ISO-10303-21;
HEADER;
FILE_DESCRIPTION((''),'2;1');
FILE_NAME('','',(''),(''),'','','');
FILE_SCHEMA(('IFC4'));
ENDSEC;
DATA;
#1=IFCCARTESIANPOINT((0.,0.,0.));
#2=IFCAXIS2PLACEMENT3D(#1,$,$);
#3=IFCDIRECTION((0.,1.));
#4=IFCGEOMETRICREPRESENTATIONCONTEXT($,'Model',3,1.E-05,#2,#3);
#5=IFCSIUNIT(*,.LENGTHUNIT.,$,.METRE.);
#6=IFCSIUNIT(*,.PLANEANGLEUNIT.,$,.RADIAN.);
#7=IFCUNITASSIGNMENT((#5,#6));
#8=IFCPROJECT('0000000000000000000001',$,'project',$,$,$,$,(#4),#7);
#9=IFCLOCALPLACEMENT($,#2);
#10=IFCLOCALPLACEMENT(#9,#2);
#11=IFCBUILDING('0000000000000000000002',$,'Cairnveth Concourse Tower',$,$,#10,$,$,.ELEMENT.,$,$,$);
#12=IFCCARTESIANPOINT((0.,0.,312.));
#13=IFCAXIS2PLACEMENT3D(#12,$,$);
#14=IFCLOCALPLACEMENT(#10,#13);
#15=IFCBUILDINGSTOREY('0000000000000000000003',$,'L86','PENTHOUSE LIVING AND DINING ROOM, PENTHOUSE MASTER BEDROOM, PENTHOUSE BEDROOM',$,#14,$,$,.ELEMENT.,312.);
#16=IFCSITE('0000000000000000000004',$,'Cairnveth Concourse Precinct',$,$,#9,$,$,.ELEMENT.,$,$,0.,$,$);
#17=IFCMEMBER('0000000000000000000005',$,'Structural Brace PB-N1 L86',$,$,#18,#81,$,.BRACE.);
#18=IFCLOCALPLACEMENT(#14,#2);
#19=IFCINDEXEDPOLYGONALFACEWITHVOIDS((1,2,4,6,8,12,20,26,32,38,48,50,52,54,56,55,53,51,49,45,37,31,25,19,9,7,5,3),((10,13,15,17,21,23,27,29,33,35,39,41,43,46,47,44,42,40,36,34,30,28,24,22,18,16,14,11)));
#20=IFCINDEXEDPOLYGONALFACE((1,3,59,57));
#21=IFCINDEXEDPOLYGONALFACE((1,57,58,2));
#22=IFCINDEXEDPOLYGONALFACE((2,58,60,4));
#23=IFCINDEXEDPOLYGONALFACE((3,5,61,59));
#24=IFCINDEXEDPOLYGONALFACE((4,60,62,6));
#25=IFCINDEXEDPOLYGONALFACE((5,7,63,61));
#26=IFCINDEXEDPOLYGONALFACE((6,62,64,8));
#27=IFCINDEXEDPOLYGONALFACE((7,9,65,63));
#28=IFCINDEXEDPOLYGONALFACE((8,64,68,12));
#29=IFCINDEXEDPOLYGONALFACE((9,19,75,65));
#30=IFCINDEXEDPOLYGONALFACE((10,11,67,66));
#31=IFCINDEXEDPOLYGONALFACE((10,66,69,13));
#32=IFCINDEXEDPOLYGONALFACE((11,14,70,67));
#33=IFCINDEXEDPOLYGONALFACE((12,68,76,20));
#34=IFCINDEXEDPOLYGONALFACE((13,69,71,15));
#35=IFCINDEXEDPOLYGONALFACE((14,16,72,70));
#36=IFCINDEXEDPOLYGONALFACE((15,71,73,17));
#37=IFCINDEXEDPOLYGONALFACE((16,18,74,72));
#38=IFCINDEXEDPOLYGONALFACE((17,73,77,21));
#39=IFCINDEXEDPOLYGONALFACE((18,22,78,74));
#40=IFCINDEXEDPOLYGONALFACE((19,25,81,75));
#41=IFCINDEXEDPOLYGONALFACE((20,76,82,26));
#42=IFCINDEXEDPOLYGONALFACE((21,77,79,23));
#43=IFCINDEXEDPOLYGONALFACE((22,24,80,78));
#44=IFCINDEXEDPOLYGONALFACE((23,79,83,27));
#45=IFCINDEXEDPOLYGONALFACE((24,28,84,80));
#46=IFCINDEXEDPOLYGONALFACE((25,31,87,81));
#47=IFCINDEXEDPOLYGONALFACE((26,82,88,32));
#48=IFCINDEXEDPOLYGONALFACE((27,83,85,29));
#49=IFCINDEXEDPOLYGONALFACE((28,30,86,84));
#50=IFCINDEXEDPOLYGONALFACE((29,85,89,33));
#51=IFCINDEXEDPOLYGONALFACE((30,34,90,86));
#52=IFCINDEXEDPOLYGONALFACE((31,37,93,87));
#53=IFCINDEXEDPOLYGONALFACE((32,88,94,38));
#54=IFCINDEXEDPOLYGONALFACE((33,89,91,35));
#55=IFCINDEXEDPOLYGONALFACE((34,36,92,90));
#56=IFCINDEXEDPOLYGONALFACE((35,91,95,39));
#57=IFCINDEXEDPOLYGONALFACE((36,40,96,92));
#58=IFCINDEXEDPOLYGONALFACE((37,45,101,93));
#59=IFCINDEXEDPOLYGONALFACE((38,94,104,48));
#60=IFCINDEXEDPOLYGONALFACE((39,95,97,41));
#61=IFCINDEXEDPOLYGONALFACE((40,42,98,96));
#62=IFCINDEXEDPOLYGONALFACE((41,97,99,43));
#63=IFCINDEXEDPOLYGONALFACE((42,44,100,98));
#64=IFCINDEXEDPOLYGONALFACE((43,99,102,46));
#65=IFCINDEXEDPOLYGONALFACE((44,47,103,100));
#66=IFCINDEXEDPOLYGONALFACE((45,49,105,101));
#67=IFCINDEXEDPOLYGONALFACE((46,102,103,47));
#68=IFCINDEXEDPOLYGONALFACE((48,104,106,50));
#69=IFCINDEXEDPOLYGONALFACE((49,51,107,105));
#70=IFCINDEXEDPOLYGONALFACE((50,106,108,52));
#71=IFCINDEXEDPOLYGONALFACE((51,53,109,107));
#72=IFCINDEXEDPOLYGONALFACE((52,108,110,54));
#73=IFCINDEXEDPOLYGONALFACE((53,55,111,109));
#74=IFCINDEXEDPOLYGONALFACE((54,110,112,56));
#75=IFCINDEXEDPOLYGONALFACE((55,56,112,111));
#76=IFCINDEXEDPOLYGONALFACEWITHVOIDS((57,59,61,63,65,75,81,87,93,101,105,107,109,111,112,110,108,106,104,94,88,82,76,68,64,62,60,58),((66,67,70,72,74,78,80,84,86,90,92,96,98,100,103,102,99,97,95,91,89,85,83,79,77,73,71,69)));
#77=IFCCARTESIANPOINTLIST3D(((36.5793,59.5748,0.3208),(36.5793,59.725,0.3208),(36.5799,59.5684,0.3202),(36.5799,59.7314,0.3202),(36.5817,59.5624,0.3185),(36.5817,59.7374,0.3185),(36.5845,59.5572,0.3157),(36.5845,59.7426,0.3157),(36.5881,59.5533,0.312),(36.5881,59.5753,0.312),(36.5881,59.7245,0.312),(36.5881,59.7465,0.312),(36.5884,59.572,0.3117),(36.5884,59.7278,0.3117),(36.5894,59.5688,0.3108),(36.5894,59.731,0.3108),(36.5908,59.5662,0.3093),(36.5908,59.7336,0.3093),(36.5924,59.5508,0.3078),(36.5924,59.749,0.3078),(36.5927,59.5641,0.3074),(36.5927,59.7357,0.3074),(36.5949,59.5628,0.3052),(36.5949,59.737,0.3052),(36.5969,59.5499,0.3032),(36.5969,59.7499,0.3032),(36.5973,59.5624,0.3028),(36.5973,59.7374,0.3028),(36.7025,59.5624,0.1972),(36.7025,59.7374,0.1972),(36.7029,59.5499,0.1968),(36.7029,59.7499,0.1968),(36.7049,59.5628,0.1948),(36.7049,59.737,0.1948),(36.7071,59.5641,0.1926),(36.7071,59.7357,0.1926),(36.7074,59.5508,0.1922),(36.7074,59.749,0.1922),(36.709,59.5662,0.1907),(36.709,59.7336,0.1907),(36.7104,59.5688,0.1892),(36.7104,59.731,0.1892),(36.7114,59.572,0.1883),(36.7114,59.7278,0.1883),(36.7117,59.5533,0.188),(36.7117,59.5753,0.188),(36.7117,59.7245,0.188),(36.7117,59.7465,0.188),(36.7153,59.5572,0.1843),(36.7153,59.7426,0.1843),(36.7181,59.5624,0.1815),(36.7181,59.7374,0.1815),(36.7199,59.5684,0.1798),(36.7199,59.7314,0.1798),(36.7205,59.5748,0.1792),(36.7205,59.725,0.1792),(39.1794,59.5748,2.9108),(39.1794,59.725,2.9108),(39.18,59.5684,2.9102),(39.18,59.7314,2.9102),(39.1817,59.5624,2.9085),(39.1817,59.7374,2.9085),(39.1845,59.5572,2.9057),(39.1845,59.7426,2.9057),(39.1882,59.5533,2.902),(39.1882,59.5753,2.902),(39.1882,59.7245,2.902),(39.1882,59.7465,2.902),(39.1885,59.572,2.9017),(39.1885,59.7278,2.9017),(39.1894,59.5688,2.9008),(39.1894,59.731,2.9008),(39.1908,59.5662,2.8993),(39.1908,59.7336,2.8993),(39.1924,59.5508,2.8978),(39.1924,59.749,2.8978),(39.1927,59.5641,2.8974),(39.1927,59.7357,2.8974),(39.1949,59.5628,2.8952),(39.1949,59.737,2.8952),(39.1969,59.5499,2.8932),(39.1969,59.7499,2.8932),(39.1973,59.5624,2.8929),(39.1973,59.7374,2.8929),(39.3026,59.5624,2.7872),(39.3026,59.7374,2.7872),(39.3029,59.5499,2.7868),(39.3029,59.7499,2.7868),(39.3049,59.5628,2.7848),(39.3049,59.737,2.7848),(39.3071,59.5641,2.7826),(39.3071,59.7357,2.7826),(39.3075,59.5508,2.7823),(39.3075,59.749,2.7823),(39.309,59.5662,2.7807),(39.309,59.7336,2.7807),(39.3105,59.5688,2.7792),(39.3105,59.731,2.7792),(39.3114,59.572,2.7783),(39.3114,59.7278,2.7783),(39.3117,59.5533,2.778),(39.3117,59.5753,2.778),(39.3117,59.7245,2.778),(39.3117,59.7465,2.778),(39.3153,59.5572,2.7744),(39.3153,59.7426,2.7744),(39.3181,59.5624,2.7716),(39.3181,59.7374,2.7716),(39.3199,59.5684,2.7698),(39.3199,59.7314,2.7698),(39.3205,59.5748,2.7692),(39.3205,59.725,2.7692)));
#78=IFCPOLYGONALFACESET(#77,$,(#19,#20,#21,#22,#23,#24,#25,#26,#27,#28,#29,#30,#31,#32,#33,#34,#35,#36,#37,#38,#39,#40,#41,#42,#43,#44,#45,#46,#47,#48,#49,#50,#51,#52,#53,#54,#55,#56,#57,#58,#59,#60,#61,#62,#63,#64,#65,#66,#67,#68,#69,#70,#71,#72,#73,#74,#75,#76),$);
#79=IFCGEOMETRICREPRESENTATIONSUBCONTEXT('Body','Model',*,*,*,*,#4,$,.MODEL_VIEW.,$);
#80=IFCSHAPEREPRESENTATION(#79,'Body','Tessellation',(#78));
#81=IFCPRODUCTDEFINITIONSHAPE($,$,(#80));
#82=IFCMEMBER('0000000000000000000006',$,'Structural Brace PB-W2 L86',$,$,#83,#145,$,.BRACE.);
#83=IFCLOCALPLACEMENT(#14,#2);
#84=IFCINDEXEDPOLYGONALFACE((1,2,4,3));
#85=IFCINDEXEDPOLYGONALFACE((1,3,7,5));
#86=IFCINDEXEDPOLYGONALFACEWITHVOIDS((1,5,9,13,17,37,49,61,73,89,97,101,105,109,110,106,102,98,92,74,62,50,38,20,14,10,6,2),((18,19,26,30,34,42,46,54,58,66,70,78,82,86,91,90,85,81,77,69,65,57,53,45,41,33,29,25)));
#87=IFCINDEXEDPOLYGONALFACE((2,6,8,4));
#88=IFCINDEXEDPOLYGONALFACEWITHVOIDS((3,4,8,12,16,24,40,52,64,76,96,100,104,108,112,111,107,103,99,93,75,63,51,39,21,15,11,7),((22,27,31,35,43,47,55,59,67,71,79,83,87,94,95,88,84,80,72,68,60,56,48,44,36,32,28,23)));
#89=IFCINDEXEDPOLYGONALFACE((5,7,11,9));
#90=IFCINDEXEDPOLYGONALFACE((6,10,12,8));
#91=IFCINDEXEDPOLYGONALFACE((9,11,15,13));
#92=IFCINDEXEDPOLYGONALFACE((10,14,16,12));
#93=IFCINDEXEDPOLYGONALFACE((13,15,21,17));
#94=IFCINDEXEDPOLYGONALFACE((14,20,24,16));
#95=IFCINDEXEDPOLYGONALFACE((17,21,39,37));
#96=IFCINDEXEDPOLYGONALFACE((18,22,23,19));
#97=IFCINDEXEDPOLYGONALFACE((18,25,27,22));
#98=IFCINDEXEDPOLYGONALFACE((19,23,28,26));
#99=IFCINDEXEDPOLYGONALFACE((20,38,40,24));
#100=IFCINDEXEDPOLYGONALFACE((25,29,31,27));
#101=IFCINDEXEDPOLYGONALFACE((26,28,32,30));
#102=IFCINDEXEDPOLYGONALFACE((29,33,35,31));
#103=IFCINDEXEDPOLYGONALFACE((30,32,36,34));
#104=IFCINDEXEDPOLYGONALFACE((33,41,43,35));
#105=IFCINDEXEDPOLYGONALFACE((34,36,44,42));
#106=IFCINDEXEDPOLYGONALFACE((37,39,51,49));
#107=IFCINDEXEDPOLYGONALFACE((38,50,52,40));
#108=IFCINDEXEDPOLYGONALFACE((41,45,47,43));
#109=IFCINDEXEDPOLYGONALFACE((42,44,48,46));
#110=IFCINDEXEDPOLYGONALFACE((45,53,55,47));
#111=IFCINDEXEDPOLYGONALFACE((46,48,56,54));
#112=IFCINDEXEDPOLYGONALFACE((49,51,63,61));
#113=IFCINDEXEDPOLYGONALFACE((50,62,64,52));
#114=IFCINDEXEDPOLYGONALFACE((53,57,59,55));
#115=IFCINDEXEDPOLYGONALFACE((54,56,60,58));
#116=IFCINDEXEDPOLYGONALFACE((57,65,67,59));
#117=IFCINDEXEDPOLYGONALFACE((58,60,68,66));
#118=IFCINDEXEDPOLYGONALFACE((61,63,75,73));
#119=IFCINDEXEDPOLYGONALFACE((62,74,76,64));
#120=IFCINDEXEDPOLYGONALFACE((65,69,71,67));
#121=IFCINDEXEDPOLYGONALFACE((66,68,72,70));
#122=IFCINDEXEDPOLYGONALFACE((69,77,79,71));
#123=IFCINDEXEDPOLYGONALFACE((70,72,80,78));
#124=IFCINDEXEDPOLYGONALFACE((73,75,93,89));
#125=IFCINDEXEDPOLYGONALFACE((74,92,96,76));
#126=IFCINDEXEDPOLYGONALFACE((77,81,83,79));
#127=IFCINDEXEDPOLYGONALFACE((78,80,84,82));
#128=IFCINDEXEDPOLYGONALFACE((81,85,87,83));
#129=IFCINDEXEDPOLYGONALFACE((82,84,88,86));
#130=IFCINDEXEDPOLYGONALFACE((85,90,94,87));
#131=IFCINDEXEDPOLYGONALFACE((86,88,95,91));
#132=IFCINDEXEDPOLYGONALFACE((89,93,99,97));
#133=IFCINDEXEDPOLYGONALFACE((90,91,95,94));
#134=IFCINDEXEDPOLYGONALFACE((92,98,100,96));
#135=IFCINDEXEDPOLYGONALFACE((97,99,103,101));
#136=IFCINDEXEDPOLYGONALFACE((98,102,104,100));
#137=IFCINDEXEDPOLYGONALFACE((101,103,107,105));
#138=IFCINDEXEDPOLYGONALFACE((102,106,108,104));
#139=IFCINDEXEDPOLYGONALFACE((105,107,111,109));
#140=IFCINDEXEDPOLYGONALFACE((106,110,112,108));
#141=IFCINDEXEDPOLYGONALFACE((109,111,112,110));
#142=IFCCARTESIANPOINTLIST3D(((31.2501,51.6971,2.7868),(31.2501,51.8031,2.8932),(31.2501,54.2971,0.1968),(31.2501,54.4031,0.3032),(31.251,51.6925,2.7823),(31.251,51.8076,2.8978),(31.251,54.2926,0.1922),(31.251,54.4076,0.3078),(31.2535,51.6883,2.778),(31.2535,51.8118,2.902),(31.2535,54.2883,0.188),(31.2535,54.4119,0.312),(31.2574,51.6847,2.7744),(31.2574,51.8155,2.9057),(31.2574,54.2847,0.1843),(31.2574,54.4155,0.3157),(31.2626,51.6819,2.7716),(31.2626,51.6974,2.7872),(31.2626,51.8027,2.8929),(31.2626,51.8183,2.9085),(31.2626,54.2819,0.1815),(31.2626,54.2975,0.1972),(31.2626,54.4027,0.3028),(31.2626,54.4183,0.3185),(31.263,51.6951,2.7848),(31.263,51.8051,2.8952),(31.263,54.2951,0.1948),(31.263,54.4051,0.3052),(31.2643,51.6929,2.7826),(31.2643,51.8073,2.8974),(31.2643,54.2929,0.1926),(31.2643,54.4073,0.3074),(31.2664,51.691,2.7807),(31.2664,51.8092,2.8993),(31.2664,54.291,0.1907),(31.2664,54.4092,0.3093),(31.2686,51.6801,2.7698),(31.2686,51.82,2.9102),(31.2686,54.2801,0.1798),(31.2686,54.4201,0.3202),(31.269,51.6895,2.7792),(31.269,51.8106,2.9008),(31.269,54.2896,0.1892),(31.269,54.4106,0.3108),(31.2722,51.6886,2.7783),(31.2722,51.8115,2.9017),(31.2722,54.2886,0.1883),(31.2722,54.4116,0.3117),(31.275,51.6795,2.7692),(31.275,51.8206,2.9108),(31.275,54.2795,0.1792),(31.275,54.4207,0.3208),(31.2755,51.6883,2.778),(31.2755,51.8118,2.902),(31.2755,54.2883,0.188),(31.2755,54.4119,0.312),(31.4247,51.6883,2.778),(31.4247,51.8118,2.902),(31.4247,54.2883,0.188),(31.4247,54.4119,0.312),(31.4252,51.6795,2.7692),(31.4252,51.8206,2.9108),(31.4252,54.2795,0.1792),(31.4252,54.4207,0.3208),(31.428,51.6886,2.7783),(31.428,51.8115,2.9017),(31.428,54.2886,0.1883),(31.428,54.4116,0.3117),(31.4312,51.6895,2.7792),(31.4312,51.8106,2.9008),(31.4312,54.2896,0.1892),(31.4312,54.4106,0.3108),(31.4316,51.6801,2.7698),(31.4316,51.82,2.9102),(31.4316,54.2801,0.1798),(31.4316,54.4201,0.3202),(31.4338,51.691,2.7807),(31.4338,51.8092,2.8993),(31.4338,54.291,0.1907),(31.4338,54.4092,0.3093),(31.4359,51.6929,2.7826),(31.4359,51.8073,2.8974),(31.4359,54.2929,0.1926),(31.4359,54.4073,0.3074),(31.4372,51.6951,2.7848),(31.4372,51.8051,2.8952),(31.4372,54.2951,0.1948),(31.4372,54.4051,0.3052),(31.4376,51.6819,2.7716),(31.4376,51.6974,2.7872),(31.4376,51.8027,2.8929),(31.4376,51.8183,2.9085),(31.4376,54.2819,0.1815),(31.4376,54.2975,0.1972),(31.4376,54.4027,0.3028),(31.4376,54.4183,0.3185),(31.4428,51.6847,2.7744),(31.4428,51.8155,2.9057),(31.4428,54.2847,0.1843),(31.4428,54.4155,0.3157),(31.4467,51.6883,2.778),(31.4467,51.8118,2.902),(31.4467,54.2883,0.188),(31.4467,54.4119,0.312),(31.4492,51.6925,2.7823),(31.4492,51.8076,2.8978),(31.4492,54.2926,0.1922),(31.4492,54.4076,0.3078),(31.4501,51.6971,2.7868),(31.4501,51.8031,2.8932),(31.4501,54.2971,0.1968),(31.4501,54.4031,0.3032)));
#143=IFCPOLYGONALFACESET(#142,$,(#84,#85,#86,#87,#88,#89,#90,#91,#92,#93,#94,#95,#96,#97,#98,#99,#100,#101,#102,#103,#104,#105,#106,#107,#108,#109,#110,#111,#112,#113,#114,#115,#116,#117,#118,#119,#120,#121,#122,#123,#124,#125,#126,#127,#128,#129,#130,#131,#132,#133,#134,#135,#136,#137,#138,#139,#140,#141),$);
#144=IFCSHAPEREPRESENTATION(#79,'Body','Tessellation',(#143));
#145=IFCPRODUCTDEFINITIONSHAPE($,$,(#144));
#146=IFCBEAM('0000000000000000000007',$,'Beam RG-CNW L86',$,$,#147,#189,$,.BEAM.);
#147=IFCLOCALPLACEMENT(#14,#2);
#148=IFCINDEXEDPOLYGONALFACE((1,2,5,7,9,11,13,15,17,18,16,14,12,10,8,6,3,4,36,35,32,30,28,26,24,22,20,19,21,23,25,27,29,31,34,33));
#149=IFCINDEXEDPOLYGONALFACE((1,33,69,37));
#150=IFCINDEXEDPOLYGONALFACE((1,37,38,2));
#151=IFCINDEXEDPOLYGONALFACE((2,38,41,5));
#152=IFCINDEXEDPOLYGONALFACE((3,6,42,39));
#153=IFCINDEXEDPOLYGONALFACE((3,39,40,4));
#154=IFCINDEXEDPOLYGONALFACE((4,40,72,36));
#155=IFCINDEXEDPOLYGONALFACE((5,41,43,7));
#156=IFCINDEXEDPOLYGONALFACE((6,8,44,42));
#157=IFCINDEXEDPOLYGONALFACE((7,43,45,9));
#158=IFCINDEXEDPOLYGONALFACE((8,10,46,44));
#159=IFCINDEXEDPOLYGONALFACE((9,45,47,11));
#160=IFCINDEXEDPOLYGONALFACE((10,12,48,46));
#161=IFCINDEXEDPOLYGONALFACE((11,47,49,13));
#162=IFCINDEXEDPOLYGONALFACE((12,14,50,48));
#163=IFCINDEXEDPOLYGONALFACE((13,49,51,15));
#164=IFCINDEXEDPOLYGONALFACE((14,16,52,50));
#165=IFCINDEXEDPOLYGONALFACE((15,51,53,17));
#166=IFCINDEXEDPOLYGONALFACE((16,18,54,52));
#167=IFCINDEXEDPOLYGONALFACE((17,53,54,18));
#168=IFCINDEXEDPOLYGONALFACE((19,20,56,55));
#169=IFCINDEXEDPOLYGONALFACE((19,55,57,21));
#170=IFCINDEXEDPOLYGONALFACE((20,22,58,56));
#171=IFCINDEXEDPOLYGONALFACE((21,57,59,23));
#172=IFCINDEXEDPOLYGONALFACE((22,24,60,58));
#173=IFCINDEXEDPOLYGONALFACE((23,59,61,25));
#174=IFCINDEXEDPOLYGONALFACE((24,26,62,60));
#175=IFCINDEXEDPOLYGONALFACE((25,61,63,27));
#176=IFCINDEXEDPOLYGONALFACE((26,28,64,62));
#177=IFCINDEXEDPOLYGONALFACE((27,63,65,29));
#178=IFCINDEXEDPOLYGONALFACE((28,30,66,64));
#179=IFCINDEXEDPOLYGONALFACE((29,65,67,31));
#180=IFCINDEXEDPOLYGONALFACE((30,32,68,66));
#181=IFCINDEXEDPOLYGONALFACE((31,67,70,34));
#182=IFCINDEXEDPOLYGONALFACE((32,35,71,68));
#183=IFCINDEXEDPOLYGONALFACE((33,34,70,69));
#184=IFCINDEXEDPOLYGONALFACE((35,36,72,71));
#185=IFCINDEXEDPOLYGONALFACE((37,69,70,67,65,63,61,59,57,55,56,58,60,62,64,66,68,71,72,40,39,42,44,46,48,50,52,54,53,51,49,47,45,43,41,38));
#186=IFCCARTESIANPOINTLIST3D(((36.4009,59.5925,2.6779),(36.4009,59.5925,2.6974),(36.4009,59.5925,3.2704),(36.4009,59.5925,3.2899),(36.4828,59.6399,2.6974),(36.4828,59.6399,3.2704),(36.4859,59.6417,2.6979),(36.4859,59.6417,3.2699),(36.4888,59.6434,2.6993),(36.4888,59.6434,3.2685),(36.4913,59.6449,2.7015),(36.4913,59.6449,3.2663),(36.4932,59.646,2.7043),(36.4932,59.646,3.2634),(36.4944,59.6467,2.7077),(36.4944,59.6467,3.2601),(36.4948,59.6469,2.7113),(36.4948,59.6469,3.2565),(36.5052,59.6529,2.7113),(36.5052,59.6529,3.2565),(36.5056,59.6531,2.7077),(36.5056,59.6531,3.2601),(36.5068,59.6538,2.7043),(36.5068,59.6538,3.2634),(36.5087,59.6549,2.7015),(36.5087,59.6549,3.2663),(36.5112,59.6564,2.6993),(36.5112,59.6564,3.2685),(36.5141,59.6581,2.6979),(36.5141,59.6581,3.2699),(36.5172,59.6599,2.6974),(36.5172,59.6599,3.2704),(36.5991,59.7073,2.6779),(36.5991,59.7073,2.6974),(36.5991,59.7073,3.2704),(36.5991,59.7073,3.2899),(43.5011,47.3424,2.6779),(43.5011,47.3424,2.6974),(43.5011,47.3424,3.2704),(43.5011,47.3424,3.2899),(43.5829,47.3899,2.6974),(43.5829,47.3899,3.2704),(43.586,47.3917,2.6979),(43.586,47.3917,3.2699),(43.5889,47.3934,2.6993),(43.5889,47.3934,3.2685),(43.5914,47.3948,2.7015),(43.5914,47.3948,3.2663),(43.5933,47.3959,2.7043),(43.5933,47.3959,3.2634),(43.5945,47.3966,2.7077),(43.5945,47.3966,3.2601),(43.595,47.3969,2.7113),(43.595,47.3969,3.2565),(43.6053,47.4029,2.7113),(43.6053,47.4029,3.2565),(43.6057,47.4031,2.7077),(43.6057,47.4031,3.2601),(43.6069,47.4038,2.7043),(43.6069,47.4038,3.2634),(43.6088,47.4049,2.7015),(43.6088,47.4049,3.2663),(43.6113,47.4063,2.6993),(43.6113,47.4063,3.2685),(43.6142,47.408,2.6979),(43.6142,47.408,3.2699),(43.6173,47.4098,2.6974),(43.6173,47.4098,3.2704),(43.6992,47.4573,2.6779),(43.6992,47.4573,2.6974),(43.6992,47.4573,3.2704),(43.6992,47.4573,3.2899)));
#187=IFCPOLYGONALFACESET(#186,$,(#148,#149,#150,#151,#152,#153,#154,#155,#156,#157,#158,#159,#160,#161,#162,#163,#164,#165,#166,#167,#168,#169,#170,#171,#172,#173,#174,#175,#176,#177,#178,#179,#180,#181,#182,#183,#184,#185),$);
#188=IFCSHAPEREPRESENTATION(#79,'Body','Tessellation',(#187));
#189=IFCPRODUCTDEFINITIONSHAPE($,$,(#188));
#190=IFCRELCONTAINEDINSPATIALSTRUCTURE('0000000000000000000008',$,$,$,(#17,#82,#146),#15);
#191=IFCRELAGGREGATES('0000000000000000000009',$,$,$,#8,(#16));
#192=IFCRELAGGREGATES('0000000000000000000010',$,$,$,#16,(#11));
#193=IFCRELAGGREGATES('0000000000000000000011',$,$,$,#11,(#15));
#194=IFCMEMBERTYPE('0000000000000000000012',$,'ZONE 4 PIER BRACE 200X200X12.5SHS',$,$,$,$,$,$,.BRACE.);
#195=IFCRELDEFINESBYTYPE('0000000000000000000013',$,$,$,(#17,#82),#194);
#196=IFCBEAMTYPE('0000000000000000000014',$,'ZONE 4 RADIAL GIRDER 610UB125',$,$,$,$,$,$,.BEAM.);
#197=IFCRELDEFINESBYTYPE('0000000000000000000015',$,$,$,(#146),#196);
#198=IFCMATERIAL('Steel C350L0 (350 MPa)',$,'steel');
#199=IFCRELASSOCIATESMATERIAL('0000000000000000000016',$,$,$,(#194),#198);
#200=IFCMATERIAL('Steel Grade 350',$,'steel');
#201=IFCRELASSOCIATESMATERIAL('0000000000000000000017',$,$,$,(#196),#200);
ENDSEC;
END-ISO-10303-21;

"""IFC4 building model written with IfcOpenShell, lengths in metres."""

from ifc_helpers import new_model, si_unit, direction, frame, origin, origin_2d, place, context, subcontext, project, spatial, hollow_rectangle, i_section, extrude, material, material_profile, profile_set, type_object, element, save


model = new_model("IFC4")

# Units and contexts
model_context = context("Model", 3, precision=1e-05, world=origin(), true_north=direction((0.0, 1.0)))
body_context = subcontext(model_context, "Body", "Model", "MODEL_VIEW")
ifc_project = project(units=[si_unit("LENGTHUNIT", "METRE"), si_unit("PLANEANGLEUNIT", "RADIAN")], contexts=[model_context])

# Site, building, storey
site_placement = place(None, origin())
site = spatial("IfcSite", under=ifc_project, at=site_placement, Name="Cairnveth Concourse Precinct", CompositionType="ELEMENT", RefElevation=0.0)
building_placement = place(site_placement, origin())
building = spatial("IfcBuilding", under=site, at=building_placement, Name="Cairnveth Concourse Tower", CompositionType="ELEMENT")
storey_placement = place(building_placement, frame((0.0, 0.0, 312.0)))
storey = spatial("IfcBuildingStorey", under=building, at=storey_placement, Name="L86", Description="PENTHOUSE LIVING AND DINING ROOM, PENTHOUSE MASTER BEDROOM, PENTHOUSE BEDROOM", CompositionType="ELEMENT", Elevation=312.0)

# Shared definitions
ifc_material_1 = material(Name="Steel Grade 350", Category="steel")

# Members
ifc_material_2 = material(Name="Steel C350L0 (350 MPa)", Category="steel")
ifc_material_profile_1 = material_profile(ifc_material_2, hollow_rectangle(XDim=0.2, YDim=0.2, WallThickness=0.0125, InnerFilletRadius=0.0129, OuterFilletRadius=0.0249, at=origin_2d()), Name="200x200x12.5SHS")
ifc_profile_set_1 = profile_set([ifc_material_profile_1], Name="Steel C350L0 (350 MPa)")
member_type = type_object("IfcMemberType", Name="ZONE 4 PIER BRACE 200X200X12.5SHS", PredefinedType="BRACE", material=ifc_profile_set_1)
for number, where, z_axis, x_axis, name in (
    (1, (36.6499, 59.6499, 0.25), (0.708469, 0.0, 0.705742), (0.0, 1.0, 0.0), "Structural Brace PB-N1 L86"),
    (2, (31.3501, 54.3501, 0.25), (0.0, -0.708469, 0.705742), (1.0, 0.0, 0.0), "Structural Brace PB-W2 L86"),
):
    element("IfcMember", number, at=place(storey_placement, frame(where, z_axis=z_axis, x_axis=x_axis)), inside=storey, type_object=member_type, Name=name, PredefinedType="BRACE", context=body_context, shape_type="SweptSolid", body=[
        extrude(hollow_rectangle(XDim=0.2, YDim=0.2, WallThickness=0.0125, InnerFilletRadius=0.0129, OuterFilletRadius=0.0249, at=origin_2d()), origin(), (0.0, 0.0, 1.0), 3.6699),
    ])

# Beam
ifc_material_profile_2 = material_profile(ifc_material_1, i_section(OverallWidth=0.229, OverallDepth=0.6121, WebThickness=0.012, FlangeThickness=0.0195, FilletRadius=0.0139, at=origin_2d()), Name="610UB125")
ifc_profile_set_2 = profile_set([ifc_material_profile_2], Name="Steel Grade 350")
beam_type_1 = type_object("IfcBeamType", Name="ZONE 4 RADIAL GIRDER 610UB125", PredefinedType="BEAM", material=ifc_profile_set_2)
beam_1_placement = place(storey_placement, frame((36.5, 59.6499, 2.9839), z_axis=(0.501459, -0.865181, 0.0), x_axis=(0.865181, 0.501459, 0.0)))
element("IfcBeam", 3, at=beam_1_placement, inside=storey, type_object=beam_type_1, Name="Beam RG-CNW L86", PredefinedType="BEAM", context=body_context, shape_type="SweptSolid", body=[
    extrude(i_section(OverallWidth=0.229, OverallDepth=0.6121, WebThickness=0.012, FlangeThickness=0.0195, FilletRadius=0.0139, at=origin_2d()), origin(), (0.0, 0.0, 1.0), 14.1589),
])

save(model, "model.ifc")
